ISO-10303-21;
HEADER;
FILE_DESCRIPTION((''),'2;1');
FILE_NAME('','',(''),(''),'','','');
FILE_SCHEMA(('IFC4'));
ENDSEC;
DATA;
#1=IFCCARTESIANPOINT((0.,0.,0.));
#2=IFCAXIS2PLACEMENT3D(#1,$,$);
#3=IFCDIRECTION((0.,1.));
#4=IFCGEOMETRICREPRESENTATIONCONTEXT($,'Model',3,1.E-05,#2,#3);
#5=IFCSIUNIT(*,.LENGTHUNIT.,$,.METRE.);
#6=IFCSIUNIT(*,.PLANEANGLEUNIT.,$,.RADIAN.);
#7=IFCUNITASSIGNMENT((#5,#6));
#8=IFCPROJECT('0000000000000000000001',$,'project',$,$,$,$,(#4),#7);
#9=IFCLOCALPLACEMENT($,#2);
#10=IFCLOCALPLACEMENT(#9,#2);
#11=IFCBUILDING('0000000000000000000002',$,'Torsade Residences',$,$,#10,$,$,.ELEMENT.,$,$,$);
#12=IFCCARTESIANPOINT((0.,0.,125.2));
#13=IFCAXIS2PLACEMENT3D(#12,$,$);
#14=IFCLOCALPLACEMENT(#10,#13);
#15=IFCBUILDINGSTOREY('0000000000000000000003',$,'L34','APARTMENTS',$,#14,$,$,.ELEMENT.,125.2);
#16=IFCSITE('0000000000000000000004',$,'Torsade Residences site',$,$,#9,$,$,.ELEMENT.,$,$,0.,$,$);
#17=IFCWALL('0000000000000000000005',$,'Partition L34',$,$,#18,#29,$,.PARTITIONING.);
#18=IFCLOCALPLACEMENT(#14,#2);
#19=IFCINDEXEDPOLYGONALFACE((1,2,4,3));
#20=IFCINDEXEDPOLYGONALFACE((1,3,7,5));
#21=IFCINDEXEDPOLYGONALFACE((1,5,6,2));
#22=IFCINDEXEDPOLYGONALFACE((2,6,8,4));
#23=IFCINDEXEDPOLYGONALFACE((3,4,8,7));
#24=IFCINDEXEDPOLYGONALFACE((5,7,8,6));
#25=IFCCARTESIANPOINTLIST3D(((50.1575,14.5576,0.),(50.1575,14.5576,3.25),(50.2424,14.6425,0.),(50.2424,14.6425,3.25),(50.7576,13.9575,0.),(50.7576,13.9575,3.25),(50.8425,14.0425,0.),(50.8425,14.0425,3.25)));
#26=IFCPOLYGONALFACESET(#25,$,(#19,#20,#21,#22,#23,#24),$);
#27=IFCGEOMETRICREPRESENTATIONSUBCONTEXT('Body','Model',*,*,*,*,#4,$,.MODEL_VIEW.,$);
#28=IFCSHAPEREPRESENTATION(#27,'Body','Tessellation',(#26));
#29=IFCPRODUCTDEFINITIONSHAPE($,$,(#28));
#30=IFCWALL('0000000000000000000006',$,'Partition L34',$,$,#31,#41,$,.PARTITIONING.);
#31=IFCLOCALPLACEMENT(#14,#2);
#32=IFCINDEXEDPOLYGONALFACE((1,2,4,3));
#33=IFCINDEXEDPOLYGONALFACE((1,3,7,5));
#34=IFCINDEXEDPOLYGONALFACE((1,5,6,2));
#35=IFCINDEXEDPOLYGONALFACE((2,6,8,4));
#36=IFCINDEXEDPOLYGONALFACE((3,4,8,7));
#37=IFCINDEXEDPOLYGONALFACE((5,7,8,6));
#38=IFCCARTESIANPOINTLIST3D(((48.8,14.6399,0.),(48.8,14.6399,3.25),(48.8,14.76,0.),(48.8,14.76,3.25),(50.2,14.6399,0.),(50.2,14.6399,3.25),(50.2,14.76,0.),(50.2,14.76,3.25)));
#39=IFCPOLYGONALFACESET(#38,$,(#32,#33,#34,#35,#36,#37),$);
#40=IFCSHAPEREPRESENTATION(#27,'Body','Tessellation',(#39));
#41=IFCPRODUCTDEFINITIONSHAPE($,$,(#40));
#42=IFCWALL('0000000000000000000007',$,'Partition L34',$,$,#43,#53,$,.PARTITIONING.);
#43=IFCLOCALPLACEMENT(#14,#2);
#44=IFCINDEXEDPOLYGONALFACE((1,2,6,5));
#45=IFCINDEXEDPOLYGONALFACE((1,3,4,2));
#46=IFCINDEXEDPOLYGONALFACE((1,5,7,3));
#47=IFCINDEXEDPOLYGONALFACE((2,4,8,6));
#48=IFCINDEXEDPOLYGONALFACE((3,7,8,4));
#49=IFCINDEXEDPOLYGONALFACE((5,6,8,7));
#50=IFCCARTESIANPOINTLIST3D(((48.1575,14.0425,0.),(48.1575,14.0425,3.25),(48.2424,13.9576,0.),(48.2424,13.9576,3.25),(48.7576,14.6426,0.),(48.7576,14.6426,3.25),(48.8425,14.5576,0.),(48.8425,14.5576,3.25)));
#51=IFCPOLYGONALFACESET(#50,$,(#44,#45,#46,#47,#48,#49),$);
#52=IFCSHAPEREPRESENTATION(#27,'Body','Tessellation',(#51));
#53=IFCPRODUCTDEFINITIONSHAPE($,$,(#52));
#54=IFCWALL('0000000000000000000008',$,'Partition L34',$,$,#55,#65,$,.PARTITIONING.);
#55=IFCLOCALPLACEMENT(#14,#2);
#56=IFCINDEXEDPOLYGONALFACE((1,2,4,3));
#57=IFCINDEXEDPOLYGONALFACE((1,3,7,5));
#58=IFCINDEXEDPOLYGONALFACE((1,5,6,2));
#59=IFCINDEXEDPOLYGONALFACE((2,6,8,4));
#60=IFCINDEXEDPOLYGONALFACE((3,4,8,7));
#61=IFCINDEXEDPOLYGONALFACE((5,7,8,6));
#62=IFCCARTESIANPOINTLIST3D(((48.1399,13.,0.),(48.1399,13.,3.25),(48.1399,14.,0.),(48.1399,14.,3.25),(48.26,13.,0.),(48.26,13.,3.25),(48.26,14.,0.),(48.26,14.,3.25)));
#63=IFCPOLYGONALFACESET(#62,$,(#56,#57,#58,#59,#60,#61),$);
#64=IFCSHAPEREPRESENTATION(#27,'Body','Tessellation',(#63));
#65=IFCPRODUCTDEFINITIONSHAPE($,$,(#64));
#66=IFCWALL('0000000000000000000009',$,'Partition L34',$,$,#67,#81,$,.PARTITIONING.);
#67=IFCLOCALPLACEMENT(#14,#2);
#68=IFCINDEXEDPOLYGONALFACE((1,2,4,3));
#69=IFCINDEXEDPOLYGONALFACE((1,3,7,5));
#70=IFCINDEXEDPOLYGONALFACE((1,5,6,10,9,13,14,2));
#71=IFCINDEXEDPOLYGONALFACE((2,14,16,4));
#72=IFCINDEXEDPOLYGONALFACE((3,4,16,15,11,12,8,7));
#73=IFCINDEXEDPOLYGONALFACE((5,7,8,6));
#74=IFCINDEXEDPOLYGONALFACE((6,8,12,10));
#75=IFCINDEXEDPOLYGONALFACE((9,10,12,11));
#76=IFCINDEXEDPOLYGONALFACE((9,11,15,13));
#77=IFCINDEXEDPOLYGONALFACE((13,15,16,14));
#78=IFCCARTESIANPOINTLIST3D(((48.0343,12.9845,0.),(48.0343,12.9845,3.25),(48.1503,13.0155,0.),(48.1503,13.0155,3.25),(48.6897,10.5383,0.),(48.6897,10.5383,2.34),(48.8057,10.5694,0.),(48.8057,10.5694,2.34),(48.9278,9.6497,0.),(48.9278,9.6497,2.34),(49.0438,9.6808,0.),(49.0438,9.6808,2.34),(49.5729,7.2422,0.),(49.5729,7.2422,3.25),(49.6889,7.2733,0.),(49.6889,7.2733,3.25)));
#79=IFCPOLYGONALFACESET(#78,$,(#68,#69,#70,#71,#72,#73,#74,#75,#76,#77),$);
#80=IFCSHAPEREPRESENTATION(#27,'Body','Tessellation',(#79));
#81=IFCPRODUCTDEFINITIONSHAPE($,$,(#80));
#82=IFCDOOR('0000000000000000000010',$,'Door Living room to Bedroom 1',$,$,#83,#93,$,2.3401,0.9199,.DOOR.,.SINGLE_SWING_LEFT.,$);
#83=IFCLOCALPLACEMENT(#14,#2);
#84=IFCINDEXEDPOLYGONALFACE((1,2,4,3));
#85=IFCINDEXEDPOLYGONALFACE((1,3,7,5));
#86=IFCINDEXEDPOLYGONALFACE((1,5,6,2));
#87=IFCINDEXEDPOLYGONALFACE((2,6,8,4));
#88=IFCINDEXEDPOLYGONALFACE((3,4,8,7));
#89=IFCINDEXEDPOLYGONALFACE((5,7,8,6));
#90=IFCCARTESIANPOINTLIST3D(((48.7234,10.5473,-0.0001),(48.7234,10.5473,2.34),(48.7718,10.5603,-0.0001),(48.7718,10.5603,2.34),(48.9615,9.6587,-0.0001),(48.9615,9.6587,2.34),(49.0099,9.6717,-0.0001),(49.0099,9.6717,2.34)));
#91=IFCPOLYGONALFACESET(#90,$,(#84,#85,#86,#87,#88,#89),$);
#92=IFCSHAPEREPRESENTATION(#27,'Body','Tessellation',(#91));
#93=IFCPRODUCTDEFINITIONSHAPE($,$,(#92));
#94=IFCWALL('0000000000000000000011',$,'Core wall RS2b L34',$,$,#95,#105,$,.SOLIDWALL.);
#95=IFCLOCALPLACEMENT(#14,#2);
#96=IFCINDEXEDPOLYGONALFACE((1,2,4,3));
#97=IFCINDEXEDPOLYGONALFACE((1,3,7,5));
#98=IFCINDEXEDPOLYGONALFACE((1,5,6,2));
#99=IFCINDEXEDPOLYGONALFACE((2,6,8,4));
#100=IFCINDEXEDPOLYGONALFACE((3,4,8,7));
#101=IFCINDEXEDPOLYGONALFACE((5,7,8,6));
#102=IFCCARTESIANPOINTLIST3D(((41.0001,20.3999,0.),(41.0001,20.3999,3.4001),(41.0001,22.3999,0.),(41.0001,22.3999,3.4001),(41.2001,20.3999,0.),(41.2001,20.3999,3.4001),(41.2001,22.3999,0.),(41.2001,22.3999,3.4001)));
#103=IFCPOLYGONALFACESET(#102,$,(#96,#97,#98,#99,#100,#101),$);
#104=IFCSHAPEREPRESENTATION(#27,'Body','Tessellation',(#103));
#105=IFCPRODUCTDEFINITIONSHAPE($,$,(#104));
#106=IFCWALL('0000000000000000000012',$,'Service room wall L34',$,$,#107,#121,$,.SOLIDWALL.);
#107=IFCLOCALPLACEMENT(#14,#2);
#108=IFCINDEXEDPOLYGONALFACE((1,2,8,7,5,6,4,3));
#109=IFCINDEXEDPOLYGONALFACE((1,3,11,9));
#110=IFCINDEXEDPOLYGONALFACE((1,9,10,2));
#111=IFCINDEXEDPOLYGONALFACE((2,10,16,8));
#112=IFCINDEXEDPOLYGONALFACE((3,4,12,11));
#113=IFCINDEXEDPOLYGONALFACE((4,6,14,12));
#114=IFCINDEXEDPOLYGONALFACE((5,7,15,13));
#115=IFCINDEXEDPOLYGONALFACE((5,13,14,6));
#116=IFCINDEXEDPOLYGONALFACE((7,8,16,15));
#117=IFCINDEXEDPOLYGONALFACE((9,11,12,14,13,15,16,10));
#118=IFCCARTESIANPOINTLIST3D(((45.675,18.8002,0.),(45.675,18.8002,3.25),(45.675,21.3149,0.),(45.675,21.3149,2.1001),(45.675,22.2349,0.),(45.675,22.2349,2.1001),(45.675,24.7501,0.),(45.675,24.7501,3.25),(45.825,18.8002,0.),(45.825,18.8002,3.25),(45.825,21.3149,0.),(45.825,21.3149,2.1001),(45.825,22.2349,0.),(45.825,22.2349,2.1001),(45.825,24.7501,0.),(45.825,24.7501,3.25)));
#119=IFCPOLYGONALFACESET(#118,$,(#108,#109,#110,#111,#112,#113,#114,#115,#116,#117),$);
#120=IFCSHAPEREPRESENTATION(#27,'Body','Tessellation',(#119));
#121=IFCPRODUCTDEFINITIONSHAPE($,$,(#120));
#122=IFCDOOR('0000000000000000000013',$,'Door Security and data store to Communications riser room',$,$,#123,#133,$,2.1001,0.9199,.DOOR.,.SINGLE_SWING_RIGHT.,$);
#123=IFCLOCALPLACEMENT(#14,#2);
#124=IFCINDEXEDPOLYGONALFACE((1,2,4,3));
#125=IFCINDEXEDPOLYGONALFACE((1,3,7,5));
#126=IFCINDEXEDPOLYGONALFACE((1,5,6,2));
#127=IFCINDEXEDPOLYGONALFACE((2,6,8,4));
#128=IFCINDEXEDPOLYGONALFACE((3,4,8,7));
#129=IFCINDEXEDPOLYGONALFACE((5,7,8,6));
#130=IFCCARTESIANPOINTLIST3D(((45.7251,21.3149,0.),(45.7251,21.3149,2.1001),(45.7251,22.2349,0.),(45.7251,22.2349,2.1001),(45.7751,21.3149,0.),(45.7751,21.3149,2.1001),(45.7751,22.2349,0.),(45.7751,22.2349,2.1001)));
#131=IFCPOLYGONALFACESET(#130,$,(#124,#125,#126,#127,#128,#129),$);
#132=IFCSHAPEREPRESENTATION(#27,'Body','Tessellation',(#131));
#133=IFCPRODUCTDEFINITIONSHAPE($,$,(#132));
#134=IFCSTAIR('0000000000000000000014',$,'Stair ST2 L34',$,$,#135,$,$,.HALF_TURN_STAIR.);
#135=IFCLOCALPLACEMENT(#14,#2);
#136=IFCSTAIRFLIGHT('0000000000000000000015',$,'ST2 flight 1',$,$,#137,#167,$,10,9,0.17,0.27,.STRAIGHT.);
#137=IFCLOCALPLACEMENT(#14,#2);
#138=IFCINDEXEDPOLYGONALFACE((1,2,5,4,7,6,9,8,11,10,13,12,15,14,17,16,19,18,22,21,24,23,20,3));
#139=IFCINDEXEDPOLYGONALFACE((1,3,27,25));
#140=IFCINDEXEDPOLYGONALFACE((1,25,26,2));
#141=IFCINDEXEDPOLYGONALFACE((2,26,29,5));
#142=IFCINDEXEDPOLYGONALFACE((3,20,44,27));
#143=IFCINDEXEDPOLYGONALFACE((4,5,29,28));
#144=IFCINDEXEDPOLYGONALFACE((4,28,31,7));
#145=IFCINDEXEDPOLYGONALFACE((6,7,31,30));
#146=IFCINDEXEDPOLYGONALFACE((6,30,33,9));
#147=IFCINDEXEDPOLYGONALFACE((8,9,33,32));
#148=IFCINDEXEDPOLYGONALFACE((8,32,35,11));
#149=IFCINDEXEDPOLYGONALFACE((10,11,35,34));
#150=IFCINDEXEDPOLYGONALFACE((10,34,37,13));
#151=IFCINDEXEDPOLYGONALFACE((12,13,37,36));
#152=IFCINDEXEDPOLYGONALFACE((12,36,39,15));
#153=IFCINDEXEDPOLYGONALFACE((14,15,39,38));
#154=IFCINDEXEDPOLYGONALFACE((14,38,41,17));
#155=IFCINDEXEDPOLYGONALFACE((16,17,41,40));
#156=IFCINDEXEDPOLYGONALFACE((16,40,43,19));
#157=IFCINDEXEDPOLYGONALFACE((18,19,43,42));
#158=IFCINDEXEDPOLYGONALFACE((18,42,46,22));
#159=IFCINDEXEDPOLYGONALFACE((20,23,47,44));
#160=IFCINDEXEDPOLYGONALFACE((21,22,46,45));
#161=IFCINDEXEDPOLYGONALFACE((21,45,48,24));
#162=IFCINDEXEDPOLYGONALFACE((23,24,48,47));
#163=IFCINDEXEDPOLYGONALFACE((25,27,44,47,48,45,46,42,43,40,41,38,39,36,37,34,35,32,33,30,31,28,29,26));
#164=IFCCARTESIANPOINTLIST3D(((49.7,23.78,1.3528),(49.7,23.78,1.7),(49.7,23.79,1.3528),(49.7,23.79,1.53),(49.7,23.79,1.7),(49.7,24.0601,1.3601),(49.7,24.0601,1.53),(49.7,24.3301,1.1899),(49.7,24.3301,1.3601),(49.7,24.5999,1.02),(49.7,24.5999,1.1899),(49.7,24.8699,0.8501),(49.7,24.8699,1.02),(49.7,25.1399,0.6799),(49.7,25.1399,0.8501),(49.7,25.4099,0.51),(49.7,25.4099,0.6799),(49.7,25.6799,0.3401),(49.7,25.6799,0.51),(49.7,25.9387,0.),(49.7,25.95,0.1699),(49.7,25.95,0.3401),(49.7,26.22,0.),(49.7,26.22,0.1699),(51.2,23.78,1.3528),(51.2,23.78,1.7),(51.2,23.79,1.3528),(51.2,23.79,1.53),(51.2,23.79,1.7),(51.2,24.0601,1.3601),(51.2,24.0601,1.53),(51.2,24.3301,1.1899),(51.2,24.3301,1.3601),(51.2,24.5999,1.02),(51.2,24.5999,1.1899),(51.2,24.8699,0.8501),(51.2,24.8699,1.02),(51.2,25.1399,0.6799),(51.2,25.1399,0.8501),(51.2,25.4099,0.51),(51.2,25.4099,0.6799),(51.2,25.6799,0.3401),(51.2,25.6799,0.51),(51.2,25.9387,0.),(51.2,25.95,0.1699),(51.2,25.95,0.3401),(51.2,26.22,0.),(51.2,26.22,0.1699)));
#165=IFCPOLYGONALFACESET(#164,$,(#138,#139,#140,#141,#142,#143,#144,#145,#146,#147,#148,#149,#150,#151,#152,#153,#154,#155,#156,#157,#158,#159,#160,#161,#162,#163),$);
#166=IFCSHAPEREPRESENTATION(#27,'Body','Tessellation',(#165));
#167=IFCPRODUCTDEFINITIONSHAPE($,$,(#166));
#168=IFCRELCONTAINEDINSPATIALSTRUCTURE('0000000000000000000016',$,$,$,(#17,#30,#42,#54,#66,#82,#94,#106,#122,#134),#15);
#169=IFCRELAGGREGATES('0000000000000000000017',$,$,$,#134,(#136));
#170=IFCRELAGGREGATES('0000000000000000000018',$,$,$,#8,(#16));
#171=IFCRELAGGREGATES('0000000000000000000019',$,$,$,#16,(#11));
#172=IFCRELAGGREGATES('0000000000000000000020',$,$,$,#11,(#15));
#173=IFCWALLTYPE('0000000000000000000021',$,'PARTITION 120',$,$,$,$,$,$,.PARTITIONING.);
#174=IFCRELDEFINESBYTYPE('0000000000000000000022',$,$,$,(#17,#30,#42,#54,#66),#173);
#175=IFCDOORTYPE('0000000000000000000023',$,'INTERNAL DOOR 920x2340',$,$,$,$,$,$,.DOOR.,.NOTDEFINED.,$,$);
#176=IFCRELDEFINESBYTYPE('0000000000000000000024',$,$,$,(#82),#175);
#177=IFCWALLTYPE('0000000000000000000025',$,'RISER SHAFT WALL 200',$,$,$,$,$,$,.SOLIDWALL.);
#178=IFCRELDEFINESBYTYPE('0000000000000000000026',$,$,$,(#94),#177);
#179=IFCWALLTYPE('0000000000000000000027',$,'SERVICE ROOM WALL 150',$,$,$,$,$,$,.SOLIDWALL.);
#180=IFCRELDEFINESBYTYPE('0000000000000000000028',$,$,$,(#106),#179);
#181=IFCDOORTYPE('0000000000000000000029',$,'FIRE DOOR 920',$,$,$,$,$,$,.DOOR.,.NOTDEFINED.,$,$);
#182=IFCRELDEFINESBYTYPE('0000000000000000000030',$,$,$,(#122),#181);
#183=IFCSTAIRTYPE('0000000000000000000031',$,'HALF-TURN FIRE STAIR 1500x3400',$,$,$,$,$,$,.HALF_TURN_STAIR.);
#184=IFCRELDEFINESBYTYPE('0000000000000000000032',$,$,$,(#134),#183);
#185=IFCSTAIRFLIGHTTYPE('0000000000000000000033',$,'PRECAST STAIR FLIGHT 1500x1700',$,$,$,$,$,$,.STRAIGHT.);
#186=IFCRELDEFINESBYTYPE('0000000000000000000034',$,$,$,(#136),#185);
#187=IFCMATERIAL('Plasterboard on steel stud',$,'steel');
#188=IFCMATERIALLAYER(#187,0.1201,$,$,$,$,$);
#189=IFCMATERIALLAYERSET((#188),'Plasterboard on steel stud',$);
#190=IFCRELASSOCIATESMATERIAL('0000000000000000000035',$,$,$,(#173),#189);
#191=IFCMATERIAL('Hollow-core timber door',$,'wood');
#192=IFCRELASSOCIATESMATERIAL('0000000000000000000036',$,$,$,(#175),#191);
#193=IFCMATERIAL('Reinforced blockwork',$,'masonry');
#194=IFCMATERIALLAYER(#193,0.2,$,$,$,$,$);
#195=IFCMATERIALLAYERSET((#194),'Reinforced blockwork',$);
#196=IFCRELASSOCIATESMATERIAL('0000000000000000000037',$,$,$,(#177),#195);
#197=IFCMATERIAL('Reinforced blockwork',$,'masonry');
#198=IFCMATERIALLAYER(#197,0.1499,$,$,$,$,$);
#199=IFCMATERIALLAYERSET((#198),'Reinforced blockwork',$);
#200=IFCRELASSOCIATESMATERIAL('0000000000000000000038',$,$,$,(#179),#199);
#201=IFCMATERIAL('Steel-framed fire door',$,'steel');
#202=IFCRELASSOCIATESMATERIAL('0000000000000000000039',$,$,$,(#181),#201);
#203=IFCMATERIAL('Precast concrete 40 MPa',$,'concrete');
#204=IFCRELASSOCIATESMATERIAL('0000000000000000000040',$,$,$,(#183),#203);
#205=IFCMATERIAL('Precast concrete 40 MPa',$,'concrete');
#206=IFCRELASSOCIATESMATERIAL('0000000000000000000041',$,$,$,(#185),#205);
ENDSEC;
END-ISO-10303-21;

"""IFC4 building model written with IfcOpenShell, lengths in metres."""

from ifc_helpers import new_model, si_unit, direction, frame, frame_2d, origin, place, context, subcontext, project, spatial, polyline, rectangle, outline, extrude, material, layer, layer_set, type_object, element, fill, aggregate, save


model = new_model("IFC4")

# Units and contexts
model_context = context("Model", 3, precision=1e-05, world=origin(), true_north=direction((0.0, 1.0)))
body_context = subcontext(model_context, "Body", "Model", "MODEL_VIEW")
ifc_project = project(units=[si_unit("LENGTHUNIT", "METRE"), si_unit("PLANEANGLEUNIT", "RADIAN")], contexts=[model_context])

# Site, building, storey
site_placement = place(None, origin())
site = spatial("IfcSite", under=ifc_project, at=site_placement, Name="Torsade Residences site", CompositionType="ELEMENT", RefElevation=0.0)
building_placement = place(site_placement, origin())
building = spatial("IfcBuilding", under=site, at=building_placement, Name="Torsade Residences", CompositionType="ELEMENT")
storey_placement = place(building_placement, frame((0.0, 0.0, 125.2)))
storey = spatial("IfcBuildingStorey", under=building, at=storey_placement, Name="L34", Description="APARTMENTS", CompositionType="ELEMENT", Elevation=125.2)

# Shared definitions
ifc_material_1 = material(Name="Plasterboard on steel stud", Category="steel")
ifc_layer_1 = layer(ifc_material_1, 0.1201)
ifc_layer_set_1 = layer_set([ifc_layer_1], Name="Plasterboard on steel stud")
wall_type_1 = type_object("IfcWallType", Name="PARTITION 120", PredefinedType="PARTITIONING", material=ifc_layer_set_1)

# Walls
wall_1_placement = place(storey_placement, frame((50.8, 14.0, 0.0), z_axis=(0.0, 0.0, 1.0), x_axis=(-0.707107, 0.707107, 0.0)))
element("IfcWall", 1, at=wall_1_placement, inside=storey, type_object=wall_type_1, Name="Partition L34", PredefinedType="PARTITIONING", context=body_context, shape_type="SweptSolid", body=[
    extrude(rectangle(XDim=0.8486, YDim=0.1201, at=frame_2d((0.4243, 0.0))), origin(), (0.0, 0.0, 1.0), 3.25),
])
wall_2_placement = place(storey_placement, frame((50.2, 14.7, 0.0), z_axis=(0.0, 0.0, 1.0), x_axis=(-1.0, 0.0, 0.0)))
element("IfcWall", 2, at=wall_2_placement, inside=storey, type_object=wall_type_1, Name="Partition L34", PredefinedType="PARTITIONING", context=body_context, shape_type="SweptSolid", body=[
    extrude(rectangle(XDim=1.3999, YDim=0.1201, at=frame_2d((0.7, 0.0))), origin(), (0.0, 0.0, 1.0), 3.25),
])
wall_3_placement = place(storey_placement, frame((48.8, 14.6001, 0.0), z_axis=(0.0, 0.0, 1.0), x_axis=(-0.707107, -0.707107, 0.0)))
element("IfcWall", 3, at=wall_3_placement, inside=storey, type_object=wall_type_1, Name="Partition L34", PredefinedType="PARTITIONING", context=body_context, shape_type="SweptSolid", body=[
    extrude(rectangle(XDim=0.8486, YDim=0.1201, at=frame_2d((0.4243, 0.0))), origin(), (0.0, 0.0, 1.0), 3.25),
])
wall_4_placement = place(storey_placement, frame((48.2, 14.0, 0.0), z_axis=(0.0, 0.0, 1.0), x_axis=(0.0, -1.0, 0.0)))
element("IfcWall", 4, at=wall_4_placement, inside=storey, type_object=wall_type_1, Name="Partition L34", PredefinedType="PARTITIONING", context=body_context, shape_type="SweptSolid", body=[
    extrude(rectangle(XDim=1.0, YDim=0.1201, at=frame_2d((0.5, 0.0))), origin(), (0.0, 0.0, 1.0), 3.25),
])

# Wall, opening, door
wall_5_placement = place(storey_placement, frame((48.0923, 13.0, 0.0), z_axis=(0.0, 0.0, 1.0), x_axis=(0.258813, -0.965928, 0.0)))
wall_5 = element("IfcWall", 5, at=wall_5_placement, inside=storey, type_object=wall_type_1, Name="Partition L34", PredefinedType="PARTITIONING", context=body_context, shape_type="SweptSolid", body=[
    extrude(rectangle(XDim=5.9448, YDim=0.1201, at=frame_2d((2.9724, 0.0))), origin(), (0.0, 0.0, 1.0), 3.25),
])
opening_1_placement = place(wall_5_placement, frame((2.5325, 0.0, 0.0)))
opening_1 = element("IfcOpeningElement", 6, at=opening_1_placement, cuts=wall_5, PredefinedType="OPENING", context=body_context, shape_type="SweptSolid", body=[
    extrude(rectangle(XDim=0.9199, YDim=2.3401, at=frame_2d((0.46, 1.1699))), frame((0.0, 0.0701, 0.0), z_axis=(0.0, -1.0, 0.0), x_axis=(1.0, 0.0, 0.0)), (0.0, 0.0, 1.0), 0.1401),
])
ifc_material_2 = material(Name="Hollow-core timber door", Category="wood")
door_type_1 = type_object("IfcDoorType", Name="INTERNAL DOOR 920x2340", OperationType="NOTDEFINED", PredefinedType="DOOR", material=ifc_material_2)
door_1_placement = place(opening_1_placement, origin())
door_1 = element("IfcDoor", 7, at=door_1_placement, inside=storey, type_object=door_type_1, Name="Door Living room to Bedroom 1", OperationType="SINGLE_SWING_LEFT", OverallHeight=2.3401, OverallWidth=0.9199, PredefinedType="DOOR", context=body_context, shape_type="SweptSolid", body=[
    extrude(rectangle(XDim=0.9199, YDim=2.3401, at=frame_2d((0.46, 1.1699))), frame((0.0, 0.0249, 0.0), z_axis=(0.0, -1.0, 0.0), x_axis=(1.0, 0.0, 0.0)), (0.0, 0.0, 1.0), 0.05),
])
fill(opening_1, door_1)

# Wall
ifc_material_3 = material(Name="Reinforced blockwork", Category="masonry")
ifc_layer_2 = layer(ifc_material_3, 0.2)
ifc_layer_set_2 = layer_set([ifc_layer_2], Name="Reinforced blockwork")
wall_type_2 = type_object("IfcWallType", Name="RISER SHAFT WALL 200", PredefinedType="SOLIDWALL", material=ifc_layer_set_2)
wall_6_placement = place(storey_placement, frame((41.1001, 22.3999, 0.0), z_axis=(0.0, 0.0, 1.0), x_axis=(0.0, -1.0, 0.0)))
element("IfcWall", 8, at=wall_6_placement, inside=storey, type_object=wall_type_2, Name="Core wall RS2b L34", PredefinedType="SOLIDWALL", context=body_context, shape_type="SweptSolid", body=[
    extrude(rectangle(XDim=2.0, YDim=0.2, at=frame_2d((1.0, 0.0))), origin(), (0.0, 0.0, 1.0), 3.4001),
])

# Wall, opening, door
ifc_material_4 = material(Name="Reinforced blockwork", Category="masonry")
ifc_layer_3 = layer(ifc_material_4, 0.1499)
ifc_layer_set_3 = layer_set([ifc_layer_3], Name="Reinforced blockwork")
wall_type_3 = type_object("IfcWallType", Name="SERVICE ROOM WALL 150", PredefinedType="SOLIDWALL", material=ifc_layer_set_3)
wall_7_placement = place(storey_placement, frame((45.75, 18.8, 0.0), z_axis=(0.0, 0.0, 1.0), x_axis=(0.0, 1.0, 0.0)))
wall_7 = element("IfcWall", 9, at=wall_7_placement, inside=storey, type_object=wall_type_3, Name="Service room wall L34", PredefinedType="SOLIDWALL", context=body_context, shape_type="SweptSolid", body=[
    extrude(rectangle(XDim=5.95, YDim=0.1499, at=frame_2d((2.9751, 0.0))), origin(), (0.0, 0.0, 1.0), 3.25),
])
opening_2_placement = place(wall_7_placement, frame((2.5149, 0.0, 0.0)))
opening_2 = element("IfcOpeningElement", 10, at=opening_2_placement, cuts=wall_7, PredefinedType="OPENING", context=body_context, shape_type="SweptSolid", body=[
    extrude(rectangle(XDim=0.9199, YDim=2.1001, at=frame_2d((0.46, 1.05))), frame((0.0, 0.085, 0.0), z_axis=(0.0, -1.0, 0.0), x_axis=(1.0, 0.0, 0.0)), (0.0, 0.0, 1.0), 0.1699),
])
ifc_material_5 = material(Name="Steel-framed fire door", Category="steel")
door_type_2 = type_object("IfcDoorType", Name="FIRE DOOR 920", OperationType="NOTDEFINED", PredefinedType="DOOR", material=ifc_material_5)
door_2_placement = place(opening_2_placement, origin())
door_2 = element("IfcDoor", 11, at=door_2_placement, inside=storey, type_object=door_type_2, Name="Door Security and data store to Communications riser room", OperationType="SINGLE_SWING_RIGHT", OverallHeight=2.1001, OverallWidth=0.9199, PredefinedType="DOOR", context=body_context, shape_type="SweptSolid", body=[
    extrude(rectangle(XDim=0.9199, YDim=2.1001, at=frame_2d((0.46, 1.05))), frame((0.0, 0.0249, 0.0), z_axis=(0.0, -1.0, 0.0), x_axis=(1.0, 0.0, 0.0)), (0.0, 0.0, 1.0), 0.05),
])
fill(opening_2, door_2)

# Stair, stair flight
ifc_material_6 = material(Name="Precast concrete 40 MPa", Category="concrete")
stair_type = type_object("IfcStairType", Name="HALF-TURN FIRE STAIR 1500x3400", PredefinedType="HALF_TURN_STAIR", material=ifc_material_6)
stair_placement = place(storey_placement, origin())
stair = element("IfcStair", 12, at=stair_placement, inside=storey, type_object=stair_type, Name="Stair ST2 L34", PredefinedType="HALF_TURN_STAIR")
ifc_material_7 = material(Name="Precast concrete 40 MPa", Category="concrete")
stair_flight_type = type_object("IfcStairFlightType", Name="PRECAST STAIR FLIGHT 1500x1700", PredefinedType="STRAIGHT", material=ifc_material_7)
stair_flight_1_placement = place(storey_placement, frame((50.45, 26.22, 0.0), z_axis=(0.0, 0.0, 1.0), x_axis=(0.0, -1.0, 0.0)))
stair_flight_1 = element("IfcStairFlight", 13, at=stair_flight_1_placement, type_object=stair_flight_type, Name="ST2 flight 1", NumberOfRisers=10, NumberOfTreads=9, PredefinedType="STRAIGHT", RiserHeight=0.17, TreadLength=0.27, context=body_context, shape_type="SweptSolid", body=[
    extrude(outline(polyline([(0.0, 0.0), (0.0, 0.1699), (0.27, 0.1699), (0.27, 0.3401), (0.54, 0.3401), (0.54, 0.51), (0.8101, 0.51), (0.8101, 0.6799), (1.0801, 0.6799), (1.0801, 0.8501), (1.3501, 0.8501), (1.3501, 1.02), (1.6201, 1.02), (1.6201, 1.1899), (1.8899, 1.1899), (1.8899, 1.3601), (2.1599, 1.3601), (2.1599, 1.53), (2.4299, 1.53), (2.4299, 1.7), (2.4399, 1.7), (2.4399, 1.3528), (2.4299, 1.3528), (0.2812, 0.0), (0.0, 0.0)])), frame((0.0, 0.75, 0.0), z_axis=(0.0, -1.0, 0.0), x_axis=(1.0, 0.0, 0.0)), (0.0, 0.0, 1.0), 1.5),
])
aggregate(stair, [stair_flight_1])

save(model, "model.ifc")
